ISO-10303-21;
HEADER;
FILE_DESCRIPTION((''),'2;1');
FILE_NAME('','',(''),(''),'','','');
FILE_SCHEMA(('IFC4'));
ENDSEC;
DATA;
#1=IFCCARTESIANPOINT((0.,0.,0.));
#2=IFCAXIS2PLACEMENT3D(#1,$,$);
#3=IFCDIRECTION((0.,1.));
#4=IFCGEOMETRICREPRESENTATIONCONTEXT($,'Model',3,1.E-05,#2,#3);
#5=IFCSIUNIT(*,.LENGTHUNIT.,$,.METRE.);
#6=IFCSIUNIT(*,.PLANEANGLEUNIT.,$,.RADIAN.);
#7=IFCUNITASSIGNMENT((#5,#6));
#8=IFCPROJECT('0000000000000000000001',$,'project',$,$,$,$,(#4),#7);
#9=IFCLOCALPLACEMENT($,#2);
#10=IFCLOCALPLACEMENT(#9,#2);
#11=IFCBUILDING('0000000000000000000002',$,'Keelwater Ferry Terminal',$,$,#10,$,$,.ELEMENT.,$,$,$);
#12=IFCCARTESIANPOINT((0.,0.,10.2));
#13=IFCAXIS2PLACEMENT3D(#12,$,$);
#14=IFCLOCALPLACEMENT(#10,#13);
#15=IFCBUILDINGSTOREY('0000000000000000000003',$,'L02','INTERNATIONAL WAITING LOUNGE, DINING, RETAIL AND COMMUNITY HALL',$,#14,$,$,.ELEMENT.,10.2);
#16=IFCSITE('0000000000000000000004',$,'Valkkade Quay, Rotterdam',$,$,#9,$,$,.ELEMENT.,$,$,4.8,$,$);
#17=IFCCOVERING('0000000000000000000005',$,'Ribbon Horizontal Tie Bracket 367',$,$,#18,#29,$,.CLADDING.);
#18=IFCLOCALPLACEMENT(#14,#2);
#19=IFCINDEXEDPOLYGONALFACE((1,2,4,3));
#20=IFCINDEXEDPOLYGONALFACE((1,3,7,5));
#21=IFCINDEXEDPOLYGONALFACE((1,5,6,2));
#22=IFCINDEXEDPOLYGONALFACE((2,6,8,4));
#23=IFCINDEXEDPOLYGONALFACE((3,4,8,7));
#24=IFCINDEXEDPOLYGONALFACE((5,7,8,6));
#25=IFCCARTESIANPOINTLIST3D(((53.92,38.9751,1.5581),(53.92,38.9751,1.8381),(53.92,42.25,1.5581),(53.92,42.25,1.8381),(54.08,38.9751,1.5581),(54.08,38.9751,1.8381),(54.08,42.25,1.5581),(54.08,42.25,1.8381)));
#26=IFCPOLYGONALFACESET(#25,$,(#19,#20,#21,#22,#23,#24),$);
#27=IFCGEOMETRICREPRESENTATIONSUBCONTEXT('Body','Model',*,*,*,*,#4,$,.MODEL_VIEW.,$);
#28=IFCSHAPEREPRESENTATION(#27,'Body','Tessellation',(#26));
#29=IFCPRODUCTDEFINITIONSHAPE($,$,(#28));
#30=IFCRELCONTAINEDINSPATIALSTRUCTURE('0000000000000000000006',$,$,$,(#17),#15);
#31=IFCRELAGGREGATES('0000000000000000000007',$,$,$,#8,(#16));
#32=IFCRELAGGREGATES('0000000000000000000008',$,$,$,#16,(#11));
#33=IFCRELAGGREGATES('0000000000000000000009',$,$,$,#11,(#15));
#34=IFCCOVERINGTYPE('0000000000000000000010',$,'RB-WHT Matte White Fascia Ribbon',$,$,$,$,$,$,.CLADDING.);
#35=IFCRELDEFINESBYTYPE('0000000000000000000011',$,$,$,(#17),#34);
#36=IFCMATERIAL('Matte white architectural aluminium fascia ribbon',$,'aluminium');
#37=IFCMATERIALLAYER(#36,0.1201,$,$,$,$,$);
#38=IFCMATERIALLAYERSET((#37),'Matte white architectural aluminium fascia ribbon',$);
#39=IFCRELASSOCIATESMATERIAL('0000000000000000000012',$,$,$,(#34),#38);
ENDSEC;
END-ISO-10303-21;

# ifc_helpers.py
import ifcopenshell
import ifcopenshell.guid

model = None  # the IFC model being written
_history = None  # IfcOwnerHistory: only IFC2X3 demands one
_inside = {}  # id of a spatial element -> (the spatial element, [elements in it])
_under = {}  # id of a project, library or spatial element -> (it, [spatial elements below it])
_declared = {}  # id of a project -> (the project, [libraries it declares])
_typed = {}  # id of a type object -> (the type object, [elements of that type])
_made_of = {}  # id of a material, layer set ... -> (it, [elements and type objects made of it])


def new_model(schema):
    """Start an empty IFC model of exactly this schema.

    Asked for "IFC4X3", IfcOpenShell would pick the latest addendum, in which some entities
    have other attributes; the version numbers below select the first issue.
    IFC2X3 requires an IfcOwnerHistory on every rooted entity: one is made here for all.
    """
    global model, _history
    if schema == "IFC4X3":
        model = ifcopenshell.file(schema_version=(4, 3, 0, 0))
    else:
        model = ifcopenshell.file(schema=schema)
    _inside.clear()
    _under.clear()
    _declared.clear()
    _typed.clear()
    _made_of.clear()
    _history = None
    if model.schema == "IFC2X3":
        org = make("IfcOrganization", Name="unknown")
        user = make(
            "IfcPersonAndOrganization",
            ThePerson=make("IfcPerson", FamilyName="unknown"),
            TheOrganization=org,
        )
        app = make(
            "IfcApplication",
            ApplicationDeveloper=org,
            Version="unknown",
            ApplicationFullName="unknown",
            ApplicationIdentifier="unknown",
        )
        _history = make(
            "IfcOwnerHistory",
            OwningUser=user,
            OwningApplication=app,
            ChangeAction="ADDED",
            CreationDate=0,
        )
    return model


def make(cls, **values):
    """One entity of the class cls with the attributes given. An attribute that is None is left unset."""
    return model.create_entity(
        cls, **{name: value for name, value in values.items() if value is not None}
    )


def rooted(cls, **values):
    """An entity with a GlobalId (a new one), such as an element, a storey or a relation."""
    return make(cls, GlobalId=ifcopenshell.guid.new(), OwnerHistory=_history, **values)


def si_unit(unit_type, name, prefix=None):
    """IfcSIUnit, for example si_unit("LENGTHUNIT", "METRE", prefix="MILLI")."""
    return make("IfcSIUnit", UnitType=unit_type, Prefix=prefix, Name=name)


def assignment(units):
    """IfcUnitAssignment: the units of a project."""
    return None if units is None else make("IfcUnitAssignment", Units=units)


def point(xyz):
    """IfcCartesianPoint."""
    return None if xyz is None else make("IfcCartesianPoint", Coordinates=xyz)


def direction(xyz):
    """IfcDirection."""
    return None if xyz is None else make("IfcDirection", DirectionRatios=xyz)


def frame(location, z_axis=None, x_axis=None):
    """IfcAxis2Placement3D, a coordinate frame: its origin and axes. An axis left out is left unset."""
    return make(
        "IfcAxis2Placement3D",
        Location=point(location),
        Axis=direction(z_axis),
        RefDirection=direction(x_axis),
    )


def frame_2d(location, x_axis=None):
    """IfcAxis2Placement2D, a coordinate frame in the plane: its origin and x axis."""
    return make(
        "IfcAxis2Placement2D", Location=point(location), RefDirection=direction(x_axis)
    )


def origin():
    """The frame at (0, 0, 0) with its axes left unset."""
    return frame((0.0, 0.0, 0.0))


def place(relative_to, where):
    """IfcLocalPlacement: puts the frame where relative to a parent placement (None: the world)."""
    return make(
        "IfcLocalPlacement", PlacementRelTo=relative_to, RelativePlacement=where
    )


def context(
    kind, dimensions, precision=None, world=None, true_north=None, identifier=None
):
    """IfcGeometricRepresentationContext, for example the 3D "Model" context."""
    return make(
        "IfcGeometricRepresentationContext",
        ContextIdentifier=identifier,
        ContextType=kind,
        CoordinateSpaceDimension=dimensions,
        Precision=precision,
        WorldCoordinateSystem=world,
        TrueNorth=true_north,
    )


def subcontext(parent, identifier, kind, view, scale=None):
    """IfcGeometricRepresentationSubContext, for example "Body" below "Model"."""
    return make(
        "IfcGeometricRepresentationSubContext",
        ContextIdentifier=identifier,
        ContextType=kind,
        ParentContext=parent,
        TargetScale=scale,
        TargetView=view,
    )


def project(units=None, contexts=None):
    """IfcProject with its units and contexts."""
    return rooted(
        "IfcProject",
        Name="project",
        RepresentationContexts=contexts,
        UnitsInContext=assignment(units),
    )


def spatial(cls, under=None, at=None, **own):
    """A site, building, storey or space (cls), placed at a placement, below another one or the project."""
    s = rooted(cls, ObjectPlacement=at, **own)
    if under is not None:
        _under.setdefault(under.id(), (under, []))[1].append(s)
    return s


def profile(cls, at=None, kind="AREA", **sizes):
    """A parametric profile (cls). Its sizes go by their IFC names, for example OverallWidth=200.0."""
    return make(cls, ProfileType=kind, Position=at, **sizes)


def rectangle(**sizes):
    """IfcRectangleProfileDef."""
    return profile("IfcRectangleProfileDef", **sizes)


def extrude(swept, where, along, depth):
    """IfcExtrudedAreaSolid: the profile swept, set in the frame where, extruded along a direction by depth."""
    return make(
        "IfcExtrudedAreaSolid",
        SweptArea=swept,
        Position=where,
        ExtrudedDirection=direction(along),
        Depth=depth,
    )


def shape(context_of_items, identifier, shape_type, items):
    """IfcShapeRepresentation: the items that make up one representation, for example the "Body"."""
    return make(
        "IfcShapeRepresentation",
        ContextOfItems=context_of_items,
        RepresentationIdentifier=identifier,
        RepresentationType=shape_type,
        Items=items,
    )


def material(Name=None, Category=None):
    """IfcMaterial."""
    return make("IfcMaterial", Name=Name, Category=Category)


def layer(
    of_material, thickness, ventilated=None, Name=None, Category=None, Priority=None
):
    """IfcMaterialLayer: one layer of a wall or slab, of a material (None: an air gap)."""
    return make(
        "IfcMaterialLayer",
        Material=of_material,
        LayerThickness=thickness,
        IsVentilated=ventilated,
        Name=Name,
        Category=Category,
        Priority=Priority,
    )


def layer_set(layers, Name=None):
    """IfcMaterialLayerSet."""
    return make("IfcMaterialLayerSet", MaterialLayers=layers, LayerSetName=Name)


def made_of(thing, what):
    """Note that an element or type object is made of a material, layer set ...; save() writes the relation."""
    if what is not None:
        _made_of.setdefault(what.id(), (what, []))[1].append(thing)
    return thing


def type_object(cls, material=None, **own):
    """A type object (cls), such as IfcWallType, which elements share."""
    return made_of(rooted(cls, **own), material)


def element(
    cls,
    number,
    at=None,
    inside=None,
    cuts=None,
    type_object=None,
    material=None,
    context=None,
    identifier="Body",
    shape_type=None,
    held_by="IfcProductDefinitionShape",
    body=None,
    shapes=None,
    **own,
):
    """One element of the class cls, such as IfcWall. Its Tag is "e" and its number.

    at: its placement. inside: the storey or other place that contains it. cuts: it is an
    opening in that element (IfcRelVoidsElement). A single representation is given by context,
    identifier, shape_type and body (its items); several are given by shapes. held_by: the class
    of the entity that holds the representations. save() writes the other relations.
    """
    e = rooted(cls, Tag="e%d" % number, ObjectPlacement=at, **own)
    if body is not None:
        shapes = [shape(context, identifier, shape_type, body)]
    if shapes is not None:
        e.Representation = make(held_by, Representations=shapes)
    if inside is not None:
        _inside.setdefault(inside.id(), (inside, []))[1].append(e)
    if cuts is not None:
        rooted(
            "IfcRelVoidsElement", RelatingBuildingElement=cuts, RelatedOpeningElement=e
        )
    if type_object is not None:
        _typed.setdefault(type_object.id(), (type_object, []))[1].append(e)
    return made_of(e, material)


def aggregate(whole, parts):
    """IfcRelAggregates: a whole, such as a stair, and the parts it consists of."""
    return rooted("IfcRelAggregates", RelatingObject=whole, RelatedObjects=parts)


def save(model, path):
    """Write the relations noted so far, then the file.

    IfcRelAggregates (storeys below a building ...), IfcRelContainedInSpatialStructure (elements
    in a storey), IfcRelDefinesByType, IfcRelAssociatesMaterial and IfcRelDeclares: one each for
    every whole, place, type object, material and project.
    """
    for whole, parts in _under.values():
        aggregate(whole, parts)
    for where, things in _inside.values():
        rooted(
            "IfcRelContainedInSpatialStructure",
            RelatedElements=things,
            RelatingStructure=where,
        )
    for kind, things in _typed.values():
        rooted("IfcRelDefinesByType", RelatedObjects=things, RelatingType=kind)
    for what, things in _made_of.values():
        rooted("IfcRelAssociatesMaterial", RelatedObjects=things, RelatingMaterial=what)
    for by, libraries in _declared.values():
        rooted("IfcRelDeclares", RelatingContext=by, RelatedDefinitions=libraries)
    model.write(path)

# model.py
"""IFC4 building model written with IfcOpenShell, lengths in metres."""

from ifc_helpers import new_model, si_unit, direction, frame, frame_2d, origin, place, context, subcontext, project, spatial, rectangle, extrude, material, layer, layer_set, type_object, element, save


model = new_model("IFC4")

# Units and contexts
model_context = context("Model", 3, precision=1e-05, world=origin(), true_north=direction((0.0, 1.0)))
body_context = subcontext(model_context, "Body", "Model", "MODEL_VIEW")
ifc_project = project(units=[si_unit("LENGTHUNIT", "METRE"), si_unit("PLANEANGLEUNIT", "RADIAN")], contexts=[model_context])

# Site, building, storey
site_placement = place(None, origin())
site = spatial("IfcSite", under=ifc_project, at=site_placement, Name="Valkkade Quay, Rotterdam", CompositionType="ELEMENT", RefElevation=4.8)
building_placement = place(site_placement, origin())
building = spatial("IfcBuilding", under=site, at=building_placement, Name="Keelwater Ferry Terminal", CompositionType="ELEMENT")
storey_placement = place(building_placement, frame((0.0, 0.0, 10.2)))
storey = spatial("IfcBuildingStorey", under=building, at=storey_placement, Name="L02", Description="INTERNATIONAL WAITING LOUNGE, DINING, RETAIL AND COMMUNITY HALL", CompositionType="ELEMENT", Elevation=10.2)

# Covering
ifc_material_1 = material(Name="Matte white architectural aluminium fascia ribbon", Category="aluminium")
ifc_layer_1 = layer(ifc_material_1, 0.1201)
ifc_layer_set_1 = layer_set([ifc_layer_1], Name="Matte white architectural aluminium fascia ribbon")
covering_type = type_object("IfcCoveringType", Name="RB-WHT Matte White Fascia Ribbon", PredefinedType="CLADDING", material=ifc_layer_set_1)
covering_placement = place(storey_placement, frame((54.0, 38.9751, 1.5581), z_axis=(0.0, 0.0, 1.0), x_axis=(0.0, 1.0, 0.0)))
element("IfcCovering", 1, at=covering_placement, inside=storey, type_object=covering_type, Name="Ribbon Horizontal Tie Bracket 367", PredefinedType="CLADDING", context=body_context, shape_type="SweptSolid", body=[
    extrude(rectangle(XDim=3.2749, YDim=0.1599, at=frame_2d((1.6375, 0.0))), origin(), (0.0, 0.0, 1.0), 0.28),
])

save(model, "model.ifc")
